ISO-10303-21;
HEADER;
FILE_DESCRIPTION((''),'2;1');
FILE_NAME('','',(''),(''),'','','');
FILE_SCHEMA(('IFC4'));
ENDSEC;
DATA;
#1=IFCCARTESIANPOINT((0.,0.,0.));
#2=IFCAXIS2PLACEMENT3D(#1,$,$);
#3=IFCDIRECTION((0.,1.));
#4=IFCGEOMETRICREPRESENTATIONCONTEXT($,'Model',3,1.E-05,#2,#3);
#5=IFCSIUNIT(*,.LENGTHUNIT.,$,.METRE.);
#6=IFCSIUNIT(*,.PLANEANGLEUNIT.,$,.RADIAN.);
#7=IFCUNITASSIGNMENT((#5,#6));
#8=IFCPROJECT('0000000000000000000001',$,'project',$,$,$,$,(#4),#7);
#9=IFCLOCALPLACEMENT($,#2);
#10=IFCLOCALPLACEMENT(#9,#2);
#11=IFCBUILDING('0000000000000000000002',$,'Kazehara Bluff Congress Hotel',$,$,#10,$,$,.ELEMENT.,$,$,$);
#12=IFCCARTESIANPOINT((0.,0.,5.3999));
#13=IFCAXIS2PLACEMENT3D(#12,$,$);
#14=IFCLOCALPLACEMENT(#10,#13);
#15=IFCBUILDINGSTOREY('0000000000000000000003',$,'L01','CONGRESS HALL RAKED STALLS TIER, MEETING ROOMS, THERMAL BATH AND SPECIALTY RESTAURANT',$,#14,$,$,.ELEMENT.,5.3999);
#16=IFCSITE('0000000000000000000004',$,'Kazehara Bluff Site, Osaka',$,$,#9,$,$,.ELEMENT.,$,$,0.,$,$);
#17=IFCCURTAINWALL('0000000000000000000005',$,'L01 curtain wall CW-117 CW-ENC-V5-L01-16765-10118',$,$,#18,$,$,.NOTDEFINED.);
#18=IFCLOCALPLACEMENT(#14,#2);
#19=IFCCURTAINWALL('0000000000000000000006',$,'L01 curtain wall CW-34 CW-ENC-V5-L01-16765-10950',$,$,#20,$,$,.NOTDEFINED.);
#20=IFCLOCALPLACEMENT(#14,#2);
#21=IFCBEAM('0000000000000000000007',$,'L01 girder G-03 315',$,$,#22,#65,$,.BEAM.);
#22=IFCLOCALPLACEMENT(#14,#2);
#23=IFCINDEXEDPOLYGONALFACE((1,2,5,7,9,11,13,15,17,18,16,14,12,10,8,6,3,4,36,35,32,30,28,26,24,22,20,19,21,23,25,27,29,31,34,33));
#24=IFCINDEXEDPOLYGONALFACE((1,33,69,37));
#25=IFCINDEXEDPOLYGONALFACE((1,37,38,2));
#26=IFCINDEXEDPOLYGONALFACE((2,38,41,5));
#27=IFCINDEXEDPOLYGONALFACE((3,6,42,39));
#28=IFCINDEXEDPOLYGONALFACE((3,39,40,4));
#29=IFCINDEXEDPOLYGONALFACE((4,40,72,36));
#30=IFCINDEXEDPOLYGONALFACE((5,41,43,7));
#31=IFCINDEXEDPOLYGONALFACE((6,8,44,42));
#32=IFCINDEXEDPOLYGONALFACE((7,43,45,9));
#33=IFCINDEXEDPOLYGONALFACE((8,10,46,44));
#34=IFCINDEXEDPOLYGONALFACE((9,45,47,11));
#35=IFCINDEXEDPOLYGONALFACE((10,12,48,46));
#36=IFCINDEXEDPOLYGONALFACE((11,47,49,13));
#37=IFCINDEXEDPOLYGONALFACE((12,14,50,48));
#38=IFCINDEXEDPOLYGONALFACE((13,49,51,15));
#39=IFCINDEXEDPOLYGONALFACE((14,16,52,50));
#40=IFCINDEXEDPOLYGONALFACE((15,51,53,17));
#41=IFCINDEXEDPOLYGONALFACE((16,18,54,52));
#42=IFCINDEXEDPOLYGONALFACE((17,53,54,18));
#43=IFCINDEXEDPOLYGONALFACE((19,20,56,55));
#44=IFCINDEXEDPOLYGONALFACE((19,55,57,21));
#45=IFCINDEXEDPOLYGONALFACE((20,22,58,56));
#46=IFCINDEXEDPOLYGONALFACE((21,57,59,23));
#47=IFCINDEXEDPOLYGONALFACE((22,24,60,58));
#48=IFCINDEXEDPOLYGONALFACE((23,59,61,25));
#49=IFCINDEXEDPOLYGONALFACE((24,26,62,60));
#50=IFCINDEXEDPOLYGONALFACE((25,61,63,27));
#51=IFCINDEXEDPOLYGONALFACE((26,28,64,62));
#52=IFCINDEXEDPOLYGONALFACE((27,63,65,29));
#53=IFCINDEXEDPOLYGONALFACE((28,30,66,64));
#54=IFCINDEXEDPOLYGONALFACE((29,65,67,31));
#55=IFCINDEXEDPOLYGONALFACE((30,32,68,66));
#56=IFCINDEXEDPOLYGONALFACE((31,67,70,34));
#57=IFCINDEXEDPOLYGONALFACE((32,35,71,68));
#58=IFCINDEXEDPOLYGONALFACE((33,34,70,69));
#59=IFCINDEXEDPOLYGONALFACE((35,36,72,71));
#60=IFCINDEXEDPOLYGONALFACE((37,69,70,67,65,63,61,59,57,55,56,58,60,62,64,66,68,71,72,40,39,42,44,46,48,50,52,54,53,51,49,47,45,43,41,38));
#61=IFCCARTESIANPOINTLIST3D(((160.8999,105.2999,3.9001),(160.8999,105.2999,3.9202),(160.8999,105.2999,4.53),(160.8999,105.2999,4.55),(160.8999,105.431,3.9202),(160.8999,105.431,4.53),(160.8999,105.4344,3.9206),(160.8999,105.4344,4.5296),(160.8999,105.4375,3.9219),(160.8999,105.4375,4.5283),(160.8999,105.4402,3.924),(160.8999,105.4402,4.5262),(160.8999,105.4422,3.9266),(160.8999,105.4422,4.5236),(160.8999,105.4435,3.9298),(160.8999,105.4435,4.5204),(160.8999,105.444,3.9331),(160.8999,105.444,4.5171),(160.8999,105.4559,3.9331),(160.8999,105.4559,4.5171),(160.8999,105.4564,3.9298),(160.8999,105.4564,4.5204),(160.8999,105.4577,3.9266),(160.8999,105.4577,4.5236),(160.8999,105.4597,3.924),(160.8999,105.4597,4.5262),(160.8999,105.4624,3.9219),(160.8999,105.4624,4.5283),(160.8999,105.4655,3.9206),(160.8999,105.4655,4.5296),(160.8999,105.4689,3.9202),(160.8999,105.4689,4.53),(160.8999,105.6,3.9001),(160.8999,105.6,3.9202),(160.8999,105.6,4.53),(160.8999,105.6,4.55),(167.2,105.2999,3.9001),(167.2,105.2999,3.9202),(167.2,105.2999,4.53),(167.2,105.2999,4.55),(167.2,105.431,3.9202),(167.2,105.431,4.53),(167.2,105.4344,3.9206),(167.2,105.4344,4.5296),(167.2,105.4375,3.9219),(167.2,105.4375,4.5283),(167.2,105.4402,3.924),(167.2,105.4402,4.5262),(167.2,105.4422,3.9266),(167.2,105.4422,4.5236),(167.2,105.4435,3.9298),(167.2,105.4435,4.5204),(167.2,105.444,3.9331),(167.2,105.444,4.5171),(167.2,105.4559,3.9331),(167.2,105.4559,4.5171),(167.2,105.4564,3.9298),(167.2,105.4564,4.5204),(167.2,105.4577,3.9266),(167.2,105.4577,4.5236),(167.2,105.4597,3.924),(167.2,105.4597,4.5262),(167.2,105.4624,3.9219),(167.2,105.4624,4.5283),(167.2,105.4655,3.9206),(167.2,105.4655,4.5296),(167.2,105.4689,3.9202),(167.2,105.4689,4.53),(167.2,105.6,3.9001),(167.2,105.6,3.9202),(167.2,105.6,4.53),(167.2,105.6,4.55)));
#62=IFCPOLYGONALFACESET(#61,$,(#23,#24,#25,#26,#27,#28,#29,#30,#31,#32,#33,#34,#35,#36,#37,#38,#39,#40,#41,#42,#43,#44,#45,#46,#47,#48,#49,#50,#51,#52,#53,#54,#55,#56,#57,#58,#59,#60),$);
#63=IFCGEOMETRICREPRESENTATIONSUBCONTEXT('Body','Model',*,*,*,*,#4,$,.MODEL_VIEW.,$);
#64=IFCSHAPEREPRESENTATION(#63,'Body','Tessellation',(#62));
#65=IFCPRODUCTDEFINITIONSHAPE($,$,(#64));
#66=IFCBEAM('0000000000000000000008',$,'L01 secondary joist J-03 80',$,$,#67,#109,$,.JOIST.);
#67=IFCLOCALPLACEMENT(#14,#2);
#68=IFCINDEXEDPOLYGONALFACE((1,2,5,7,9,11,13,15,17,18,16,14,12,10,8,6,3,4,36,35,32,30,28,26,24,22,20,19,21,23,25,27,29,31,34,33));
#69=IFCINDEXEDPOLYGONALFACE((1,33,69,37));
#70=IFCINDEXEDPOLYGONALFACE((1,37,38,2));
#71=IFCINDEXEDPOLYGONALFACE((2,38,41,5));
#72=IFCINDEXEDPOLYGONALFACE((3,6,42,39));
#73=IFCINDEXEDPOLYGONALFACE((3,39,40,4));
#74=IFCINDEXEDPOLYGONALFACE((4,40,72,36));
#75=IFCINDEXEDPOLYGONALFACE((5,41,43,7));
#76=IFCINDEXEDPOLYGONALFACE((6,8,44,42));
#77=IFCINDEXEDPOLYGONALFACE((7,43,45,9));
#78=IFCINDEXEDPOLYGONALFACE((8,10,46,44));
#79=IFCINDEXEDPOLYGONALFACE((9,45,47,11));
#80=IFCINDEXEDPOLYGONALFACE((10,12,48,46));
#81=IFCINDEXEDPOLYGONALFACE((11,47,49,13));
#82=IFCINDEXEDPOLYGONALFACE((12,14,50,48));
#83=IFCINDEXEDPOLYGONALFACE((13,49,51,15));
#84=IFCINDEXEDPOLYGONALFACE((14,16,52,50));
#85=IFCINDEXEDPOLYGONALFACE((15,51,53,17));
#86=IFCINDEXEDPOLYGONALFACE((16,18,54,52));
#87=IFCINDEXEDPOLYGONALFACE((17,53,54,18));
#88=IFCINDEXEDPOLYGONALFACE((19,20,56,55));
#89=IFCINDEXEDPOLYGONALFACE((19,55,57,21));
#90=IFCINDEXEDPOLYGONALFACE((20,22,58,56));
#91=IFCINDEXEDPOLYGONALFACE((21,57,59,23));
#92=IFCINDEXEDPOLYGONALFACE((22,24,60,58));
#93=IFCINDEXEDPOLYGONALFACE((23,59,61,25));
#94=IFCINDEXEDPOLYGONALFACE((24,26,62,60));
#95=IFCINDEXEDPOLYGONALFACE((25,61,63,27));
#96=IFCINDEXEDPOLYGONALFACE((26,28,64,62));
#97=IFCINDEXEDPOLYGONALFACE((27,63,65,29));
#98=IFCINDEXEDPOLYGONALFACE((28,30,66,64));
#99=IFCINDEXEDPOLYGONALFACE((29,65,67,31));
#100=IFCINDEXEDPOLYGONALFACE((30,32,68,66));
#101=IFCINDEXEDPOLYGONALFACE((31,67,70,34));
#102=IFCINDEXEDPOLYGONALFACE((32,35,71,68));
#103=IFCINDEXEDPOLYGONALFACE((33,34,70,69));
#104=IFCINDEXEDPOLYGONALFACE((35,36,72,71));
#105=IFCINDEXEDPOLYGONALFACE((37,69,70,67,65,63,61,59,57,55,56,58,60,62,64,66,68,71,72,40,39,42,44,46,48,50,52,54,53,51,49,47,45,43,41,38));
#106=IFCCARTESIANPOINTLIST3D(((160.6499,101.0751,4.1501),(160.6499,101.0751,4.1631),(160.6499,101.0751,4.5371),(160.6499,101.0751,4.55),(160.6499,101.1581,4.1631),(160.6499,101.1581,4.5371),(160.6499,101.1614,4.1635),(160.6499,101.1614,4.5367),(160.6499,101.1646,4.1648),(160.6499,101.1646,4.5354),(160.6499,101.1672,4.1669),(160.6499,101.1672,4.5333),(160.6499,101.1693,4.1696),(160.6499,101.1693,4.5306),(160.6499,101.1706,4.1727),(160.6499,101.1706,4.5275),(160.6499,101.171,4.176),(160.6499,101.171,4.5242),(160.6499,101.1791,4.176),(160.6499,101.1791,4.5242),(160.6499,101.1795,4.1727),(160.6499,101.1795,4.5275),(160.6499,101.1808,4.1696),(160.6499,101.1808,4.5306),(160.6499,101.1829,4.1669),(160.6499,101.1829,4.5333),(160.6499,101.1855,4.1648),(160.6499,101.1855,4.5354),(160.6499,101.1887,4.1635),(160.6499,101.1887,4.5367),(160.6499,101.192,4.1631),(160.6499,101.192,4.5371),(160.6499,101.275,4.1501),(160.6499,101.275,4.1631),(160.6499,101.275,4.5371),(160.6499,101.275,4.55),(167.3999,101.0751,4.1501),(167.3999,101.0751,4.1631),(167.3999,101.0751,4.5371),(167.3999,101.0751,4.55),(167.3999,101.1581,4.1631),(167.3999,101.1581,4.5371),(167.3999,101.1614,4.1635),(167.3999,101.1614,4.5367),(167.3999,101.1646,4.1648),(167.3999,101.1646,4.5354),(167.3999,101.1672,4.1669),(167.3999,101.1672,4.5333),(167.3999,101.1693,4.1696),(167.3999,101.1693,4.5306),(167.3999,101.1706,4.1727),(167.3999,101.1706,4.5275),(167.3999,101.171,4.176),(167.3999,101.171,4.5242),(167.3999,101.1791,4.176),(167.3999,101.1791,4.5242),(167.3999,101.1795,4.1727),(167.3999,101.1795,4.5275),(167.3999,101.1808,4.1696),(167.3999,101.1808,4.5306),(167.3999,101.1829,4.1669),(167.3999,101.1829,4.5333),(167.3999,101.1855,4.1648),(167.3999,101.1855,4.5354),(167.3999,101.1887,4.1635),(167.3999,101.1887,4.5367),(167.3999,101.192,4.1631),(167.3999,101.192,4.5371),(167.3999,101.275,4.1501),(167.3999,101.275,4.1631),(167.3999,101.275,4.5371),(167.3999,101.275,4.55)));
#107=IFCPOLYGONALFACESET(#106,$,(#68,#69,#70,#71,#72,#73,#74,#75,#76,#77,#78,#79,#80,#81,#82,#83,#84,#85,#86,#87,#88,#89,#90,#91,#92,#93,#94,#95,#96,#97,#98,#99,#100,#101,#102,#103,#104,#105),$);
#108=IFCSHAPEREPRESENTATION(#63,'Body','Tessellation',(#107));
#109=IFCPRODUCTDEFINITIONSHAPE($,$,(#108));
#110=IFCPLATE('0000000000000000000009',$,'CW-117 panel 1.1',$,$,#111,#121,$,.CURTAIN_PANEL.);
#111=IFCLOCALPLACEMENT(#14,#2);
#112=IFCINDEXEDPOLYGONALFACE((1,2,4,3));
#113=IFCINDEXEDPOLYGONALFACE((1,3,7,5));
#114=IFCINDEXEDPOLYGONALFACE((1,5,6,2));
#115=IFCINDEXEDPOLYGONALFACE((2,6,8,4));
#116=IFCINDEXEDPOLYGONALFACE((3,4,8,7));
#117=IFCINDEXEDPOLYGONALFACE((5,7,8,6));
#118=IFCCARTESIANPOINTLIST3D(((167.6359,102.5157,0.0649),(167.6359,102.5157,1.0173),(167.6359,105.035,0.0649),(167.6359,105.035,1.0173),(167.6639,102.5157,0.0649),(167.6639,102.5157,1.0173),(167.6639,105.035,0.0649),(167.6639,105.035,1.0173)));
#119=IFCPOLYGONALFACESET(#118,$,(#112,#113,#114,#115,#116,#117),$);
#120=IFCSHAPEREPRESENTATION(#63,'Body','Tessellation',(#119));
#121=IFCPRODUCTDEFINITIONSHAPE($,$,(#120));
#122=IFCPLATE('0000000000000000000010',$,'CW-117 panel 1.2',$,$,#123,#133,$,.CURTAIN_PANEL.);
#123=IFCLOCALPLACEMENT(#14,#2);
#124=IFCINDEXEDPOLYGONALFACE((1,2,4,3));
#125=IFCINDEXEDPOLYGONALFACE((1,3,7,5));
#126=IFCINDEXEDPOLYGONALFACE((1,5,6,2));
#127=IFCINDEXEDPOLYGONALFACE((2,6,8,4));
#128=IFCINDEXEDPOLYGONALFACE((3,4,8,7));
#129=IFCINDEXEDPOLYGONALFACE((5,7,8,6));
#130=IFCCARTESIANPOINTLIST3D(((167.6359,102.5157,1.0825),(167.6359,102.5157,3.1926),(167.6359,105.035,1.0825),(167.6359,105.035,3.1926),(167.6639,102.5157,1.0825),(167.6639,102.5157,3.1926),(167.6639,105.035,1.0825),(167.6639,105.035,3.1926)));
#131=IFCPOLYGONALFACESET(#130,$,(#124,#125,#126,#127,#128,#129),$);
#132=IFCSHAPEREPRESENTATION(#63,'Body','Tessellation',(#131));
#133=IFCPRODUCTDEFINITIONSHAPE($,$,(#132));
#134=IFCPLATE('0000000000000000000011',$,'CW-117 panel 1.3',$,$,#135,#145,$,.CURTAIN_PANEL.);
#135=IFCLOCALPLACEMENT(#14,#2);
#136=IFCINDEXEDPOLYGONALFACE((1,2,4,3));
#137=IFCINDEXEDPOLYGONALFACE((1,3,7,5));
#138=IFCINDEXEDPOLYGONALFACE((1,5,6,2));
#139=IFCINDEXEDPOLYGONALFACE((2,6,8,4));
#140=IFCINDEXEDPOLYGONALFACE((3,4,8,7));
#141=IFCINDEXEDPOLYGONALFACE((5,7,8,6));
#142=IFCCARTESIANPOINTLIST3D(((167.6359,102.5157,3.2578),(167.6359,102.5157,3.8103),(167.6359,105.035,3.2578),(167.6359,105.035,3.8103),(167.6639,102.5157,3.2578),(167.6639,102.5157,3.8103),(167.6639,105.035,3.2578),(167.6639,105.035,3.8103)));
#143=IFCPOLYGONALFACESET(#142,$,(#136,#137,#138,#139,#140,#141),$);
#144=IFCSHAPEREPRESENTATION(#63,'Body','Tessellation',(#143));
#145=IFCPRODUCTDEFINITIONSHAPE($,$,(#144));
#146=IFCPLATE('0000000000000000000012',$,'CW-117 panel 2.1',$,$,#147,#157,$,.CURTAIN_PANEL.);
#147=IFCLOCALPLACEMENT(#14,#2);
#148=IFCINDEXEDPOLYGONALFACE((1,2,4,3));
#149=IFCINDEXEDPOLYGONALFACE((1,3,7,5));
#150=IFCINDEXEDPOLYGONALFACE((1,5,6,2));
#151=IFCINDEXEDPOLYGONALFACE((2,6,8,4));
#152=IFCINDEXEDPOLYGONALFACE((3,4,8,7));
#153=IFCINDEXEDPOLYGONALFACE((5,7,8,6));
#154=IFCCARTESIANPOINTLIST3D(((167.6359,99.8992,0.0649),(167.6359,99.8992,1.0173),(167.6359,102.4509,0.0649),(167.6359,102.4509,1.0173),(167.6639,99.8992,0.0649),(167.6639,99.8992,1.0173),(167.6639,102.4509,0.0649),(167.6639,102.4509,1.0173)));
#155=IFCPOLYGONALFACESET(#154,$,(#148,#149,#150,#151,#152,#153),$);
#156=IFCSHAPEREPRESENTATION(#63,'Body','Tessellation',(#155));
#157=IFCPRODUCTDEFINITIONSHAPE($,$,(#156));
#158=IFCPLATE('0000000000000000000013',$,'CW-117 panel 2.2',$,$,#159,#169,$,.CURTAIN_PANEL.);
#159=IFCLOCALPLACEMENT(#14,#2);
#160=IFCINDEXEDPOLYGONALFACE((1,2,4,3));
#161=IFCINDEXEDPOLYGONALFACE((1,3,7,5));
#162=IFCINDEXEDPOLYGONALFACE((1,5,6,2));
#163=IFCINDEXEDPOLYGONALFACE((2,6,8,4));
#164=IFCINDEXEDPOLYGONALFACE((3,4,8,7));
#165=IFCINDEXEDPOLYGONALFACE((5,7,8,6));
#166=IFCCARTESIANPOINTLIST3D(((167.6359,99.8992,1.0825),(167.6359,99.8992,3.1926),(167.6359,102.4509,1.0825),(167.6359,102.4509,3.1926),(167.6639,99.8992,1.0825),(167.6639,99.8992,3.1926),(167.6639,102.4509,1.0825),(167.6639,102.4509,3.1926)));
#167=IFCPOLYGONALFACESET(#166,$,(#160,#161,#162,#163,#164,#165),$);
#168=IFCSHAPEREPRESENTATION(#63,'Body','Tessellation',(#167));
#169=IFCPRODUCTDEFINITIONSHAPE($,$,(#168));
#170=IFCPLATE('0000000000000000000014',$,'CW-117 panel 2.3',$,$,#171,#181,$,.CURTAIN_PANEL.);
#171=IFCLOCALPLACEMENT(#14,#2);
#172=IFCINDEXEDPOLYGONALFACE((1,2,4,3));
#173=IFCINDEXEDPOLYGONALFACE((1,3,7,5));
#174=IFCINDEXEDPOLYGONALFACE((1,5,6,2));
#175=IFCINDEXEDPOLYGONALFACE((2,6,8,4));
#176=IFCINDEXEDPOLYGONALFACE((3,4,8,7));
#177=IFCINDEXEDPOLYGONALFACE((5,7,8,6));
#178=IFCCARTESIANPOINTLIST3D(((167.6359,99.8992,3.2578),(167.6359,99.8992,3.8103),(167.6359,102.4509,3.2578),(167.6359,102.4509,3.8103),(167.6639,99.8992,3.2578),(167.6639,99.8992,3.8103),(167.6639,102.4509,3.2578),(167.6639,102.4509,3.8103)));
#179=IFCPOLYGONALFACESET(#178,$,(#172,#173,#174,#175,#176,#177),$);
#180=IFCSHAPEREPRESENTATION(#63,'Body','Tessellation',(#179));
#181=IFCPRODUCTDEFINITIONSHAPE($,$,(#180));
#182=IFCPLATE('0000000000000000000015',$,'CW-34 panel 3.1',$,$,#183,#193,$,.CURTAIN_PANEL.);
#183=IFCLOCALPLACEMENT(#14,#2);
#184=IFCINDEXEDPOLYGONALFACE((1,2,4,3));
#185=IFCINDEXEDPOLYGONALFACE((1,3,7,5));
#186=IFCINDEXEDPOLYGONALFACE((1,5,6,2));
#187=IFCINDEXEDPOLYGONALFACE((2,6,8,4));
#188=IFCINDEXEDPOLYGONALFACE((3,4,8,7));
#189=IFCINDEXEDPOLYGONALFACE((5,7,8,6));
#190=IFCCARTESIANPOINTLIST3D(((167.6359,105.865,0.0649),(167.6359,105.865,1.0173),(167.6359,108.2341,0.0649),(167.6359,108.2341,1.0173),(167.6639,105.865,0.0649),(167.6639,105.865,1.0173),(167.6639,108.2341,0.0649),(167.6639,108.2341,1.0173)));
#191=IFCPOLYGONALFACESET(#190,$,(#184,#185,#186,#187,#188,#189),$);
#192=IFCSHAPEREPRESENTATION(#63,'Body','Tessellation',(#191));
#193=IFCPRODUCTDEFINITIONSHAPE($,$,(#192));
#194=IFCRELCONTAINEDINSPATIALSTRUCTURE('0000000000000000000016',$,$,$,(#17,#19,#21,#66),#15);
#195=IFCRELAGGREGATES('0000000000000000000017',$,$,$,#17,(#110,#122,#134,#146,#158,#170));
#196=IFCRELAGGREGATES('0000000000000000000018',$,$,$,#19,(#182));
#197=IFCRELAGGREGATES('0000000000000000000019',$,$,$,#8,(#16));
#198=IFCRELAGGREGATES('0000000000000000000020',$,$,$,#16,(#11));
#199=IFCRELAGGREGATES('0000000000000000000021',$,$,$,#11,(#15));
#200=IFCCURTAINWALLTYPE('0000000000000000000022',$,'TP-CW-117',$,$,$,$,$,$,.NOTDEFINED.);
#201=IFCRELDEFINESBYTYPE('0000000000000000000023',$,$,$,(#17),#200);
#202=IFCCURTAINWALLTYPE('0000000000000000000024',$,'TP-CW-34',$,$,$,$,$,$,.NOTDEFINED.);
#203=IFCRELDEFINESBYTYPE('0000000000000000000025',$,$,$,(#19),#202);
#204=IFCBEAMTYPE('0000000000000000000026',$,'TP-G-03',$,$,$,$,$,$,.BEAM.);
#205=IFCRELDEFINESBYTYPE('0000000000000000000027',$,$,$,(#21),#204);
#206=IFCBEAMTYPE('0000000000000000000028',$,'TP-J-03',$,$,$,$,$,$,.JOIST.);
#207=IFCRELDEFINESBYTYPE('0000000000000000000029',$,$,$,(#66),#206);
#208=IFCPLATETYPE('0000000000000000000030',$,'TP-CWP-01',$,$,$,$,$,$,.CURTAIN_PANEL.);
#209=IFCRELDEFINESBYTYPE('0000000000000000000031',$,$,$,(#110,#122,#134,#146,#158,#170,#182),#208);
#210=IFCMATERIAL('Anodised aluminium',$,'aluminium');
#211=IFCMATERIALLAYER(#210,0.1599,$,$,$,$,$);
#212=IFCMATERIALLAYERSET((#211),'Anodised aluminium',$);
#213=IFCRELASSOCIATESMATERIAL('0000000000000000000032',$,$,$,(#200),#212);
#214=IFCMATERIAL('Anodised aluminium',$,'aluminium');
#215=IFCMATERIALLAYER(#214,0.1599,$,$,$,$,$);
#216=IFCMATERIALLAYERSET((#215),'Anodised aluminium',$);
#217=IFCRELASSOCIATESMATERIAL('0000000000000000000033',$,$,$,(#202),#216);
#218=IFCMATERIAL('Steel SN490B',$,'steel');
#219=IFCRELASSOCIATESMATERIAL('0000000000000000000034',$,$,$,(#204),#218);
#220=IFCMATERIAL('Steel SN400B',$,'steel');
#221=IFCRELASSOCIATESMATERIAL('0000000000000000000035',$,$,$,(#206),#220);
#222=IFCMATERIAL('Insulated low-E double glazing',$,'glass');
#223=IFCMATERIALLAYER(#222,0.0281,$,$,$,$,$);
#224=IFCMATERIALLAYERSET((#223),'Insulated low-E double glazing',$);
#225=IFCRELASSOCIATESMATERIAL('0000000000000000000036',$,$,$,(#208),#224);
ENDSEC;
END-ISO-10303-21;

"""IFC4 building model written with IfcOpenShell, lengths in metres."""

from ifc_helpers import new_model, si_unit, direction, frame, origin, origin_2d, place, context, subcontext, project, spatial, rectangle, i_section, extrude, material, layer, layer_set, material_profile, profile_set, type_object, element, aggregate, save


model = new_model("IFC4")

# Units and contexts
model_context = context("Model", 3, precision=1e-05, world=origin(), true_north=direction((0.0, 1.0)))
body_context = subcontext(model_context, "Body", "Model", "MODEL_VIEW")
ifc_project = project(units=[si_unit("LENGTHUNIT", "METRE"), si_unit("PLANEANGLEUNIT", "RADIAN")], contexts=[model_context])

# Site, building, storey
site_placement = place(None, origin())
site = spatial("IfcSite", under=ifc_project, at=site_placement, Name="Kazehara Bluff Site, Osaka", CompositionType="ELEMENT", RefElevation=0.0)
building_placement = place(site_placement, origin())
building = spatial("IfcBuilding", under=site, at=building_placement, Name="Kazehara Bluff Congress Hotel", CompositionType="ELEMENT")
storey_placement = place(building_placement, frame((0.0, 0.0, 5.3999)))
storey = spatial("IfcBuildingStorey", under=building, at=storey_placement, Name="L01", Description="CONGRESS HALL RAKED STALLS TIER, MEETING ROOMS, THERMAL BATH AND SPECIALTY RESTAURANT", CompositionType="ELEMENT", Elevation=5.3999)

# Curtain wall
ifc_material_1 = material(Name="Anodised aluminium", Category="aluminium")
ifc_layer_1 = layer(ifc_material_1, 0.1599)
ifc_layer_set_1 = layer_set([ifc_layer_1], Name="Anodised aluminium")
curtain_wall_type_1 = type_object("IfcCurtainWallType", Name="TP-CW-117", PredefinedType="NOTDEFINED", material=ifc_layer_set_1)
curtain_wall_1_placement = place(storey_placement, origin())
curtain_wall_1 = element("IfcCurtainWall", 1, at=curtain_wall_1_placement, inside=storey, type_object=curtain_wall_type_1, Name="L01 curtain wall CW-117 CW-ENC-V5-L01-16765-10118", PredefinedType="NOTDEFINED")

# Curtain wall
ifc_material_2 = material(Name="Anodised aluminium", Category="aluminium")
ifc_layer_2 = layer(ifc_material_2, 0.1599)
ifc_layer_set_2 = layer_set([ifc_layer_2], Name="Anodised aluminium")
curtain_wall_type_2 = type_object("IfcCurtainWallType", Name="TP-CW-34", PredefinedType="NOTDEFINED", material=ifc_layer_set_2)
curtain_wall_2_placement = place(storey_placement, origin())
curtain_wall_2 = element("IfcCurtainWall", 2, at=curtain_wall_2_placement, inside=storey, type_object=curtain_wall_type_2, Name="L01 curtain wall CW-34 CW-ENC-V5-L01-16765-10950", PredefinedType="NOTDEFINED")

# Beams
ifc_material_3 = material(Name="Steel SN490B", Category="steel")
ifc_material_profile_1 = material_profile(ifc_material_3, i_section(OverallWidth=0.3, OverallDepth=0.6499, WebThickness=0.012, FlangeThickness=0.02, FilletRadius=0.0129, at=origin_2d()))
ifc_profile_set_1 = profile_set([ifc_material_profile_1], Name="Steel SN490B")
beam_type_1 = type_object("IfcBeamType", Name="TP-G-03", PredefinedType="BEAM", material=ifc_profile_set_1)
beam_1_placement = place(storey_placement, frame((160.8999, 105.45, 4.2251), z_axis=(1.0, 0.0, 0.0), x_axis=(0.0, 1.0, 0.0)))
element("IfcBeam", 3, at=beam_1_placement, inside=storey, type_object=beam_type_1, Name="L01 girder G-03 315", PredefinedType="BEAM", context=body_context, shape_type="SweptSolid", body=[
    extrude(i_section(OverallWidth=0.3, OverallDepth=0.6499, WebThickness=0.012, FlangeThickness=0.02, FilletRadius=0.0129, at=origin_2d()), origin(), (0.0, 0.0, 1.0), 6.3),
])
ifc_material_4 = material(Name="Steel SN400B", Category="steel")
ifc_material_profile_2 = material_profile(ifc_material_4, i_section(OverallWidth=0.2, OverallDepth=0.3999, WebThickness=0.0081, FlangeThickness=0.0129, FilletRadius=0.0129, at=origin_2d()))
ifc_profile_set_2 = profile_set([ifc_material_profile_2], Name="Steel SN400B")
beam_type_2 = type_object("IfcBeamType", Name="TP-J-03", PredefinedType="JOIST", material=ifc_profile_set_2)
beam_2_placement = place(storey_placement, frame((160.6499, 101.175, 4.3501), z_axis=(1.0, 0.0, 0.0), x_axis=(0.0, 1.0, 0.0)))
element("IfcBeam", 4, at=beam_2_placement, inside=storey, type_object=beam_type_2, Name="L01 secondary joist J-03 80", PredefinedType="JOIST", context=body_context, shape_type="SweptSolid", body=[
    extrude(i_section(OverallWidth=0.2, OverallDepth=0.3999, WebThickness=0.0081, FlangeThickness=0.0129, FilletRadius=0.0129, at=origin_2d()), origin(), (0.0, 0.0, 1.0), 6.75),
])

# Plates
ifc_material_5 = material(Name="Insulated low-E double glazing", Category="glass")
ifc_layer_3 = layer(ifc_material_5, 0.0281)
ifc_layer_set_3 = layer_set([ifc_layer_3], Name="Insulated low-E double glazing")
plate_type = type_object("IfcPlateType", Name="TP-CWP-01", PredefinedType="CURTAIN_PANEL", material=ifc_layer_set_3)
plate_1_placement = place(storey_placement, frame((167.6499, 103.7754, 0.0649), z_axis=(0.0, 0.0, 1.0), x_axis=(0.0, -1.0, 0.0)))
plate_1 = element("IfcPlate", 5, at=plate_1_placement, type_object=plate_type, Name="CW-117 panel 1.1", PredefinedType="CURTAIN_PANEL", context=body_context, shape_type="SweptSolid", body=[
    extrude(rectangle(XDim=2.5193, YDim=0.0281, at=origin_2d()), origin(), (0.0, 0.0, 1.0), 0.9524),
])
plate_2_placement = place(storey_placement, frame((167.6499, 103.7754, 1.0825), z_axis=(0.0, 0.0, 1.0), x_axis=(0.0, -1.0, 0.0)))
plate_2 = element("IfcPlate", 6, at=plate_2_placement, type_object=plate_type, Name="CW-117 panel 1.2", PredefinedType="CURTAIN_PANEL", context=body_context, shape_type="SweptSolid", body=[
    extrude(rectangle(XDim=2.5193, YDim=0.0281, at=origin_2d()), origin(), (0.0, 0.0, 1.0), 2.1101),
])
plate_3_placement = place(storey_placement, frame((167.6499, 103.7754, 3.2578), z_axis=(0.0, 0.0, 1.0), x_axis=(0.0, -1.0, 0.0)))
plate_3 = element("IfcPlate", 7, at=plate_3_placement, type_object=plate_type, Name="CW-117 panel 1.3", PredefinedType="CURTAIN_PANEL", context=body_context, shape_type="SweptSolid", body=[
    extrude(rectangle(XDim=2.5193, YDim=0.0281, at=origin_2d()), origin(), (0.0, 0.0, 1.0), 0.5525),
])
plate_4_placement = place(storey_placement, frame((167.6499, 101.175, 0.0649), z_axis=(0.0, 0.0, 1.0), x_axis=(0.0, -1.0, 0.0)))
plate_4 = element("IfcPlate", 8, at=plate_4_placement, type_object=plate_type, Name="CW-117 panel 2.1", PredefinedType="CURTAIN_PANEL", context=body_context, shape_type="SweptSolid", body=[
    extrude(rectangle(XDim=2.5518, YDim=0.0281, at=origin_2d()), origin(), (0.0, 0.0, 1.0), 0.9524),
])
plate_5_placement = place(storey_placement, frame((167.6499, 101.175, 1.0825), z_axis=(0.0, 0.0, 1.0), x_axis=(0.0, -1.0, 0.0)))
plate_5 = element("IfcPlate", 9, at=plate_5_placement, type_object=plate_type, Name="CW-117 panel 2.2", PredefinedType="CURTAIN_PANEL", context=body_context, shape_type="SweptSolid", body=[
    extrude(rectangle(XDim=2.5518, YDim=0.0281, at=origin_2d()), origin(), (0.0, 0.0, 1.0), 2.1101),
])
plate_6_placement = place(storey_placement, frame((167.6499, 101.175, 3.2578), z_axis=(0.0, 0.0, 1.0), x_axis=(0.0, -1.0, 0.0)))
plate_6 = element("IfcPlate", 10, at=plate_6_placement, type_object=plate_type, Name="CW-117 panel 2.3", PredefinedType="CURTAIN_PANEL", context=body_context, shape_type="SweptSolid", body=[
    extrude(rectangle(XDim=2.5518, YDim=0.0281, at=origin_2d()), origin(), (0.0, 0.0, 1.0), 0.5525),
])
aggregate(curtain_wall_1, [plate_1, plate_2, plate_3, plate_4, plate_5, plate_6])
plate_7_placement = place(storey_placement, frame((167.6499, 107.0496, 0.0649), z_axis=(0.0, 0.0, 1.0), x_axis=(0.0, -1.0, 0.0)))
plate_7 = element("IfcPlate", 11, at=plate_7_placement, type_object=plate_type, Name="CW-34 panel 3.1", PredefinedType="CURTAIN_PANEL", context=body_context, shape_type="SweptSolid", body=[
    extrude(rectangle(XDim=2.3691, YDim=0.0281, at=origin_2d()), origin(), (0.0, 0.0, 1.0), 0.9524),
])
aggregate(curtain_wall_2, [plate_7])

save(model, "model.ifc")
